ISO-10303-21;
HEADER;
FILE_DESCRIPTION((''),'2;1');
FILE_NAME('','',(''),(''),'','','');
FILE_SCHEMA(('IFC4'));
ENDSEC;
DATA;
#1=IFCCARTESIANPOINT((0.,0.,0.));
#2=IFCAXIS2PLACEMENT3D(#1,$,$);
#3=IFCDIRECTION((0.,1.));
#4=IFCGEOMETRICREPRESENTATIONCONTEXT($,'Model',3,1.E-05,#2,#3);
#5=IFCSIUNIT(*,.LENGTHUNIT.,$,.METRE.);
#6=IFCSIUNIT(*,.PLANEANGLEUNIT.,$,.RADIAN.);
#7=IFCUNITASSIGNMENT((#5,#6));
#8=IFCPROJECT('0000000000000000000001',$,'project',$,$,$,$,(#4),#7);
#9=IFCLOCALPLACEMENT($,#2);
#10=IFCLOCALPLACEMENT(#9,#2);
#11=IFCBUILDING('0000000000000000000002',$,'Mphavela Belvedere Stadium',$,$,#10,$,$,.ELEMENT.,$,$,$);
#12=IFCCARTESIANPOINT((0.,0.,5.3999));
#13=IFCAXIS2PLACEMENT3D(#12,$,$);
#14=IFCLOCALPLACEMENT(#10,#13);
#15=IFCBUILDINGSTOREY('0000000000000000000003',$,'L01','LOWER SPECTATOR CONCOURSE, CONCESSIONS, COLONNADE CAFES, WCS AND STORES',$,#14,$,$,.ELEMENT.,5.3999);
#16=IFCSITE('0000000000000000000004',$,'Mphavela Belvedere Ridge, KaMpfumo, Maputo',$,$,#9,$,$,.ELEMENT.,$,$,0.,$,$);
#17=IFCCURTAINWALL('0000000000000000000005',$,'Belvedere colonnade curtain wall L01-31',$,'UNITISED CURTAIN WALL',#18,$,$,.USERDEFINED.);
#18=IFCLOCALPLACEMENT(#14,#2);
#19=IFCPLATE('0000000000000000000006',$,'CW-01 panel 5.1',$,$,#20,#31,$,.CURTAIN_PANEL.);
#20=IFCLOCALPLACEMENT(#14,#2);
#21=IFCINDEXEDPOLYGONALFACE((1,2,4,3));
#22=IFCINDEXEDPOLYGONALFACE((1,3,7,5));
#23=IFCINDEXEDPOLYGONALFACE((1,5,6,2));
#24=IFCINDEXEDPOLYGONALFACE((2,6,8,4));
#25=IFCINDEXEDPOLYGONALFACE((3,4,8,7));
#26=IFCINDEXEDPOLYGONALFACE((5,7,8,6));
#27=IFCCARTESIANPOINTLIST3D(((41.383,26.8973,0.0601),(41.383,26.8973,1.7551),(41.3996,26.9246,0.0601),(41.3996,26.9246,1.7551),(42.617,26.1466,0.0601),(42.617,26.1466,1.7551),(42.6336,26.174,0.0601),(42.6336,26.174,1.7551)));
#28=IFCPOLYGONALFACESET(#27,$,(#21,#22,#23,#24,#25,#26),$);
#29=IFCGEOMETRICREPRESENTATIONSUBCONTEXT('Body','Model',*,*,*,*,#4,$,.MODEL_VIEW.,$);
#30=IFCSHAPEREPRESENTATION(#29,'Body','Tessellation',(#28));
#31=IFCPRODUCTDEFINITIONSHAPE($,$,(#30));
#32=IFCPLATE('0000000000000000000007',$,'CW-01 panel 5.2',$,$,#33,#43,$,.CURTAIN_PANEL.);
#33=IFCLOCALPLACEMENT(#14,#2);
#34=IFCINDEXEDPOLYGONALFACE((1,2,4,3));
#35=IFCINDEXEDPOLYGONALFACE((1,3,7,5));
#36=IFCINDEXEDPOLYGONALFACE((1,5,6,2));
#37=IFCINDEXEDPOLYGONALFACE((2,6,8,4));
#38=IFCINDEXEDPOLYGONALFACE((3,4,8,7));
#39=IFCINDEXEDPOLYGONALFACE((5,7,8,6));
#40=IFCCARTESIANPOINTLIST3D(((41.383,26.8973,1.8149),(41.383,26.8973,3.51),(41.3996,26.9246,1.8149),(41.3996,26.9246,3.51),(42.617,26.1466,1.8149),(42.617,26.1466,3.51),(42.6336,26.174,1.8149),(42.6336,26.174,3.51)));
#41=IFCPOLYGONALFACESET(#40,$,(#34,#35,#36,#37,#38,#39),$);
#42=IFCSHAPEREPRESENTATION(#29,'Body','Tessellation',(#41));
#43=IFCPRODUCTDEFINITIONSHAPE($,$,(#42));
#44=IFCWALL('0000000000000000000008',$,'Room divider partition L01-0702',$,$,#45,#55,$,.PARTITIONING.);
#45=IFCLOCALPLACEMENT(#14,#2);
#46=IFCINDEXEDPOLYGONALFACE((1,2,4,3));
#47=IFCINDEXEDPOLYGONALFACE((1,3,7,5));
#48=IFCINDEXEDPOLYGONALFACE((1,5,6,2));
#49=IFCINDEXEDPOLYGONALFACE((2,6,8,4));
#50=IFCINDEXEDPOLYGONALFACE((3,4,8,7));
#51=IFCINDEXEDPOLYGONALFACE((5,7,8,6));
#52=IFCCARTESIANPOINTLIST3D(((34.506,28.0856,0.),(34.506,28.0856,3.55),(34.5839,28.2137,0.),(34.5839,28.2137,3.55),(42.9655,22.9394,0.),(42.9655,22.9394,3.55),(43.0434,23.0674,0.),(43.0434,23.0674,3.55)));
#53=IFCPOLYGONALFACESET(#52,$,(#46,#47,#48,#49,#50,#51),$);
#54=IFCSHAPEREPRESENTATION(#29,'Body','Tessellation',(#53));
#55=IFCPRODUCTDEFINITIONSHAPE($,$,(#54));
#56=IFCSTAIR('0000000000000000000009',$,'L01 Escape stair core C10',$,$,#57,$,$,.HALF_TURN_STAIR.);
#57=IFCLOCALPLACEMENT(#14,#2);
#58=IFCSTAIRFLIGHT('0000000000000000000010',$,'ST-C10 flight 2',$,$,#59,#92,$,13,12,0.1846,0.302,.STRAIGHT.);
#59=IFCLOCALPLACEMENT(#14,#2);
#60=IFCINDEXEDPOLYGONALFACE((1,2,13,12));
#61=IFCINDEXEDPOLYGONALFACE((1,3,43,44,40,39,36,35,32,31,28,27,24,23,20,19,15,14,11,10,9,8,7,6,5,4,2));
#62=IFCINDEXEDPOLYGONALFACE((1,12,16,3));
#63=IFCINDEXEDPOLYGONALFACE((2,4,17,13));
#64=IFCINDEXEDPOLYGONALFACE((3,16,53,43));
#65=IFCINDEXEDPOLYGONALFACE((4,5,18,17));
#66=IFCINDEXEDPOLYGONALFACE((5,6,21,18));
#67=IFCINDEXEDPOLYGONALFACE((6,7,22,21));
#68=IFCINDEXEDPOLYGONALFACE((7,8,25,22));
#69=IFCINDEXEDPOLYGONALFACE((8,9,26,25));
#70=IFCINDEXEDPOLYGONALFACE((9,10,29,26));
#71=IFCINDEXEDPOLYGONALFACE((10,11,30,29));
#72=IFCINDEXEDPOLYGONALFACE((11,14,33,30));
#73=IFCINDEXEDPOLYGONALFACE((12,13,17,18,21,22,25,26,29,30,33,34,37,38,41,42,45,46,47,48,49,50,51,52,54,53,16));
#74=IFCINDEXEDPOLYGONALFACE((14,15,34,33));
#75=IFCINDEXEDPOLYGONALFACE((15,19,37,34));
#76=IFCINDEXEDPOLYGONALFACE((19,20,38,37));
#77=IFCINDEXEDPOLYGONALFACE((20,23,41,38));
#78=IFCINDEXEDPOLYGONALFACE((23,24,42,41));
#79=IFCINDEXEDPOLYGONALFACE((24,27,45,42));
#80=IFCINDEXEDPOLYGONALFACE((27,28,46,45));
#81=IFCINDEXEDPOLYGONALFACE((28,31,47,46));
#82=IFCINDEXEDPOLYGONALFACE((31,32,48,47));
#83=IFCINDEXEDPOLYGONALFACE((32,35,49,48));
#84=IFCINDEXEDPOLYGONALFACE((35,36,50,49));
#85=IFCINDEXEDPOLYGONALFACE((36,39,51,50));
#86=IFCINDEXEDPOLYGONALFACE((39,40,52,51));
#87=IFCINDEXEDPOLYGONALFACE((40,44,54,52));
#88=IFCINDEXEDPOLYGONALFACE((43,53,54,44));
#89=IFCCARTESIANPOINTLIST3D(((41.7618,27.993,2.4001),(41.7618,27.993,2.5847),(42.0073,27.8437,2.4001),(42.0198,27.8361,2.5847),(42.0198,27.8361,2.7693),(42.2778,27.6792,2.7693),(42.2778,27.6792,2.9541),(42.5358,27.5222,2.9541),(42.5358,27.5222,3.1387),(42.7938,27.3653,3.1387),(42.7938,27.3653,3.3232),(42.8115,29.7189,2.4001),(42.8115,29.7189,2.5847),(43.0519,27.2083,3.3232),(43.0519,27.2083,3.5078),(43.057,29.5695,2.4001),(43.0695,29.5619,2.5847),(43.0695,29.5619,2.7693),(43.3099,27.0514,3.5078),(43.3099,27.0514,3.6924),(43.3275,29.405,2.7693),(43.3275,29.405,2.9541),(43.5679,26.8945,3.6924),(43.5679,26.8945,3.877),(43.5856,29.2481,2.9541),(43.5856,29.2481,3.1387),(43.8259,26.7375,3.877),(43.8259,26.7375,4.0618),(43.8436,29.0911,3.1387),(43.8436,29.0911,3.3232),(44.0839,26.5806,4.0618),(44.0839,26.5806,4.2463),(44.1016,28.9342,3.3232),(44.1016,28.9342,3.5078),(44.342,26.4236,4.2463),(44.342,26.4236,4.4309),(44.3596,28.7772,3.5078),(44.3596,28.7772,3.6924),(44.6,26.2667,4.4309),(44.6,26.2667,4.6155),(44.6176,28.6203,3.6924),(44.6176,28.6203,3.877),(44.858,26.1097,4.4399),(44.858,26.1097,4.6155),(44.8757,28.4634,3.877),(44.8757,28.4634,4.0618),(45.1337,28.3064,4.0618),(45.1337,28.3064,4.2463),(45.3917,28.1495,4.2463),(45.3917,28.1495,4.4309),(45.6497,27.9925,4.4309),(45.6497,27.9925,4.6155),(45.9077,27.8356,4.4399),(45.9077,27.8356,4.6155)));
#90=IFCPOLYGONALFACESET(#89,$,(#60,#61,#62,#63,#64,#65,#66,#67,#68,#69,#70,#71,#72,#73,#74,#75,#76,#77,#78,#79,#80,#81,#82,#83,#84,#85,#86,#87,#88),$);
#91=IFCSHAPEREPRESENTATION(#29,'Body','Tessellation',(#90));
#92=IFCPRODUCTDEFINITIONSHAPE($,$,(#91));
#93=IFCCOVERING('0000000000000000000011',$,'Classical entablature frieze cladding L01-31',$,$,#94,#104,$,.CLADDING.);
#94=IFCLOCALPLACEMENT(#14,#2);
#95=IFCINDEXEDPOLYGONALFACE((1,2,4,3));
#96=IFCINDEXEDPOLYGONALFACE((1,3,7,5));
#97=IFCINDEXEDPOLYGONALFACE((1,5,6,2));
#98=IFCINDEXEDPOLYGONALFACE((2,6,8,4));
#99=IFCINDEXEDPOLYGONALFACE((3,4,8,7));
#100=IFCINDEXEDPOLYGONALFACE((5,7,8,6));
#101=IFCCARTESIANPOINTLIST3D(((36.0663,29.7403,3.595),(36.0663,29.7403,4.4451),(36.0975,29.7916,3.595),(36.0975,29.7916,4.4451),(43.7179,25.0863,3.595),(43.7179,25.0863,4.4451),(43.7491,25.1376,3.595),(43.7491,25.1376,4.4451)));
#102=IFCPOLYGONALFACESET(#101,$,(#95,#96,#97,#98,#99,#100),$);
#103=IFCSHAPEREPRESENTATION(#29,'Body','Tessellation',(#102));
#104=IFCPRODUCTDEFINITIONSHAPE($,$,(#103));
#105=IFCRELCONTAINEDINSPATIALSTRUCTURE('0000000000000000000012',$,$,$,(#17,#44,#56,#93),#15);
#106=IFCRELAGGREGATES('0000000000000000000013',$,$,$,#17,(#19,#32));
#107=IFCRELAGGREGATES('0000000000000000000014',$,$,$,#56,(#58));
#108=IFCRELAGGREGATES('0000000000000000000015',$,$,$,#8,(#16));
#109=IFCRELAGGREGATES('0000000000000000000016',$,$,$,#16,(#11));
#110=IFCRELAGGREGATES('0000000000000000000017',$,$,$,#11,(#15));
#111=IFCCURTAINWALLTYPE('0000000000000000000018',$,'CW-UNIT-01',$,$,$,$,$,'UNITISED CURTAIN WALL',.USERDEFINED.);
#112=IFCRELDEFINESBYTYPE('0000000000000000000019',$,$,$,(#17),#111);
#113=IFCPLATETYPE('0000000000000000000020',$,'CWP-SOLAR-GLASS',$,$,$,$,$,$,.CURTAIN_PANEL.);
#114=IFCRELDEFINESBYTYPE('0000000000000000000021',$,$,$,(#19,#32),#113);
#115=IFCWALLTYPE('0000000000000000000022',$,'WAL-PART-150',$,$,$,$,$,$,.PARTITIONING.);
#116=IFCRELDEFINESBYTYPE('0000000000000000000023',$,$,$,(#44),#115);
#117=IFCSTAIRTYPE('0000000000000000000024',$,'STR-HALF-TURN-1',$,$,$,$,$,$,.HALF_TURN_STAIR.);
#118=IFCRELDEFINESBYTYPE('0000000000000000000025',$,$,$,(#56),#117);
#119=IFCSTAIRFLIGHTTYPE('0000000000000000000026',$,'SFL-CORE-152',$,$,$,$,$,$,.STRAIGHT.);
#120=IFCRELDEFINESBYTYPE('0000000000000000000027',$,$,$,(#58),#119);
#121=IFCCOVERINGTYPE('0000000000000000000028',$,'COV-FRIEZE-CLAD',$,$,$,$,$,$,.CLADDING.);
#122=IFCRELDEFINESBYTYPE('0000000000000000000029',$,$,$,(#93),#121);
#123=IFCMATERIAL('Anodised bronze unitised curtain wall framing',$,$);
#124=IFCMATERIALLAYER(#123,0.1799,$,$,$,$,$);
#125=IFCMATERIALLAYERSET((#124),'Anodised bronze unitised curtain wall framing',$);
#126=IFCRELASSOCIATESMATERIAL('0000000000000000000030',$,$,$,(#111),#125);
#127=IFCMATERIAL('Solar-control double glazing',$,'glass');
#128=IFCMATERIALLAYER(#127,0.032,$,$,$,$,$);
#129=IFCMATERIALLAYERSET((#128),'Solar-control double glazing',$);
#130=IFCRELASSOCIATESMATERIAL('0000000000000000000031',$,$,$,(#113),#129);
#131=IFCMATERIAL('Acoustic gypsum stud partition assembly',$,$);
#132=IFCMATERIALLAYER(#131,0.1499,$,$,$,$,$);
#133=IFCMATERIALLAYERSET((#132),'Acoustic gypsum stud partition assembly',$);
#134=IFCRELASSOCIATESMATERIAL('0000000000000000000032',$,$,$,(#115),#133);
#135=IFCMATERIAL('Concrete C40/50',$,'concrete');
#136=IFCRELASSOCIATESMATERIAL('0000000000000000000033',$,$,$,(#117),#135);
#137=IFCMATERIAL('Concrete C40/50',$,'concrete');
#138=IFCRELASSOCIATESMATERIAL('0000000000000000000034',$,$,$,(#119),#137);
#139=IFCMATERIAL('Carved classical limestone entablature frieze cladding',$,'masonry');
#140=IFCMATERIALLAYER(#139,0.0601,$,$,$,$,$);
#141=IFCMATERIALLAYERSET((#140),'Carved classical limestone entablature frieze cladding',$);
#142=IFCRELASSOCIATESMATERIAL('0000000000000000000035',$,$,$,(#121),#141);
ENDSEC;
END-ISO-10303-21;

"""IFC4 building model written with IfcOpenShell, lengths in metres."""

from ifc_helpers import new_model, si_unit, direction, frame, frame_2d, origin, origin_2d, place, context, subcontext, project, spatial, polyline, rectangle, outline, extrude, material, layer, layer_set, type_object, element, aggregate, save


model = new_model("IFC4")

# Units and contexts
model_context = context("Model", 3, precision=1e-05, world=origin(), true_north=direction((0.0, 1.0)))
body_context = subcontext(model_context, "Body", "Model", "MODEL_VIEW")
ifc_project = project(units=[si_unit("LENGTHUNIT", "METRE"), si_unit("PLANEANGLEUNIT", "RADIAN")], contexts=[model_context])

# Site, building, storey
site_placement = place(None, origin())
site = spatial("IfcSite", under=ifc_project, at=site_placement, Name="Mphavela Belvedere Ridge, KaMpfumo, Maputo", CompositionType="ELEMENT", RefElevation=0.0)
building_placement = place(site_placement, origin())
building = spatial("IfcBuilding", under=site, at=building_placement, Name="Mphavela Belvedere Stadium", CompositionType="ELEMENT")
storey_placement = place(building_placement, frame((0.0, 0.0, 5.3999)))
storey = spatial("IfcBuildingStorey", under=building, at=storey_placement, Name="L01", Description="LOWER SPECTATOR CONCOURSE, CONCESSIONS, COLONNADE CAFES, WCS AND STORES", CompositionType="ELEMENT", Elevation=5.3999)

# Curtain wall, plates
ifc_material_1 = material(Name="Anodised bronze unitised curtain wall framing")
ifc_layer_1 = layer(ifc_material_1, 0.1799)
ifc_layer_set_1 = layer_set([ifc_layer_1], Name="Anodised bronze unitised curtain wall framing")
curtain_wall_type = type_object("IfcCurtainWallType", Name="CW-UNIT-01", ElementType="UNITISED CURTAIN WALL", PredefinedType="USERDEFINED", material=ifc_layer_set_1)
curtain_wall_placement = place(storey_placement, origin())
curtain_wall = element("IfcCurtainWall", 1, at=curtain_wall_placement, inside=storey, type_object=curtain_wall_type, Name="Belvedere colonnade curtain wall L01-31", ObjectType="UNITISED CURTAIN WALL", PredefinedType="USERDEFINED")
ifc_material_2 = material(Name="Solar-control double glazing", Category="glass")
ifc_layer_2 = layer(ifc_material_2, 0.032)
ifc_layer_set_2 = layer_set([ifc_layer_2], Name="Solar-control double glazing")
plate_type = type_object("IfcPlateType", Name="CWP-SOLAR-GLASS", PredefinedType="CURTAIN_PANEL", material=ifc_layer_set_2)
plate_1_placement = place(storey_placement, frame((42.0083, 26.5356, 0.0601), z_axis=(0.0, 0.0, 1.0), x_axis=(0.854328, -0.519735, 0.0)))
plate_1 = element("IfcPlate", 2, at=plate_1_placement, type_object=plate_type, Name="CW-01 panel 5.1", PredefinedType="CURTAIN_PANEL", context=body_context, shape_type="SweptSolid", body=[
    extrude(rectangle(XDim=1.4443, YDim=0.032, at=origin_2d()), origin(), (0.0, 0.0, 1.0), 1.6951),
])
plate_2_placement = place(storey_placement, frame((42.0083, 26.5356, 1.8149), z_axis=(0.0, 0.0, 1.0), x_axis=(0.854328, -0.519735, 0.0)))
plate_2 = element("IfcPlate", 3, at=plate_2_placement, type_object=plate_type, Name="CW-01 panel 5.2", PredefinedType="CURTAIN_PANEL", context=body_context, shape_type="SweptSolid", body=[
    extrude(rectangle(XDim=1.4443, YDim=0.032, at=origin_2d()), origin(), (0.0, 0.0, 1.0), 1.6951),
])
aggregate(curtain_wall, [plate_1, plate_2])

# Wall
ifc_material_3 = material(Name="Acoustic gypsum stud partition assembly")
ifc_layer_3 = layer(ifc_material_3, 0.1499)
ifc_layer_set_3 = layer_set([ifc_layer_3], Name="Acoustic gypsum stud partition assembly")
wall_type = type_object("IfcWallType", Name="WAL-PART-150", PredefinedType="PARTITIONING", material=ifc_layer_set_3)
wall_placement = place(storey_placement, frame((34.5449, 28.1497, 0.0), z_axis=(0.0, 0.0, 1.0), x_axis=(0.854333, -0.519726, 0.0)))
element("IfcWall", 4, at=wall_placement, inside=storey, type_object=wall_type, Name="Room divider partition L01-0702", PredefinedType="PARTITIONING", context=body_context, shape_type="SweptSolid", body=[
    extrude(rectangle(XDim=9.9019, YDim=0.1499, at=frame_2d((4.9509, 0.0))), origin(), (0.0, 0.0, 1.0), 3.55),
])

# Stair, stair flight
ifc_material_4 = material(Name="Concrete C40/50", Category="concrete")
stair_type = type_object("IfcStairType", Name="STR-HALF-TURN-1", PredefinedType="HALF_TURN_STAIR", material=ifc_material_4)
stair_placement = place(storey_placement, origin())
stair = element("IfcStair", 5, at=stair_placement, inside=storey, type_object=stair_type, Name="L01 Escape stair core C10", PredefinedType="HALF_TURN_STAIR")
ifc_material_5 = material(Name="Concrete C40/50", Category="concrete")
stair_flight_type = type_object("IfcStairFlightType", Name="SFL-CORE-152", PredefinedType="STRAIGHT", material=ifc_material_5)
stair_flight_placement = place(storey_placement, frame((42.2866, 28.856, 2.4001), z_axis=(0.0, 0.0, 1.0), x_axis=(0.854368, -0.519668, 0.0)))
stair_flight = element("IfcStairFlight", 6, at=stair_flight_placement, type_object=stair_flight_type, Name="ST-C10 flight 2", NumberOfRisers=13, NumberOfTreads=12, PredefinedType="STRAIGHT", RiserHeight=0.1846, TreadLength=0.302, context=body_context, shape_type="SweptSolid", body=[
    extrude(outline(polyline([(0.0, 0.0), (0.0, 0.1846), (0.302, 0.1846), (0.302, 0.3691), (0.604, 0.3691), (0.604, 0.554), (0.906, 0.554), (0.906, 0.7385), (1.208, 0.7385), (1.208, 0.9231), (1.51, 0.9231), (1.51, 1.1077), (1.812, 1.1077), (1.812, 1.2922), (2.114, 1.2922), (2.114, 1.4768), (2.416, 1.4768), (2.416, 1.6616), (2.718, 1.6616), (2.718, 1.8462), (3.02, 1.8462), (3.02, 2.0308), (3.322, 2.0308), (3.322, 2.2153), (3.624, 2.2153), (3.624, 2.3999), (3.624, 2.0398), (0.2874, 0.0), (0.0, 0.0)])), frame((0.0, 1.01, 0.0), z_axis=(0.0, -1.0, 0.0), x_axis=(1.0, 0.0, 0.0)), (0.0, 0.0, 1.0), 2.02),
])
aggregate(stair, [stair_flight])

# Covering
ifc_material_6 = material(Name="Carved classical limestone entablature frieze cladding", Category="masonry")
ifc_layer_4 = layer(ifc_material_6, 0.0601)
ifc_layer_set_4 = layer_set([ifc_layer_4], Name="Carved classical limestone entablature frieze cladding")
covering_type = type_object("IfcCoveringType", Name="COV-FRIEZE-CLAD", PredefinedType="CLADDING", material=ifc_layer_set_4)
covering_placement = place(storey_placement, frame((39.9077, 27.439, 3.595), z_axis=(0.0, 0.0, 1.0), x_axis=(0.854368, -0.519668, 0.0)))
element("IfcCovering", 7, at=covering_placement, inside=storey, type_object=covering_type, Name="Classical entablature frieze cladding L01-31", PredefinedType="CLADDING", context=body_context, shape_type="SweptSolid", body=[
    extrude(rectangle(XDim=8.9558, YDim=0.0601, at=origin_2d()), origin(), (0.0, 0.0, 1.0), 0.8501),
])

save(model, "model.ifc")
